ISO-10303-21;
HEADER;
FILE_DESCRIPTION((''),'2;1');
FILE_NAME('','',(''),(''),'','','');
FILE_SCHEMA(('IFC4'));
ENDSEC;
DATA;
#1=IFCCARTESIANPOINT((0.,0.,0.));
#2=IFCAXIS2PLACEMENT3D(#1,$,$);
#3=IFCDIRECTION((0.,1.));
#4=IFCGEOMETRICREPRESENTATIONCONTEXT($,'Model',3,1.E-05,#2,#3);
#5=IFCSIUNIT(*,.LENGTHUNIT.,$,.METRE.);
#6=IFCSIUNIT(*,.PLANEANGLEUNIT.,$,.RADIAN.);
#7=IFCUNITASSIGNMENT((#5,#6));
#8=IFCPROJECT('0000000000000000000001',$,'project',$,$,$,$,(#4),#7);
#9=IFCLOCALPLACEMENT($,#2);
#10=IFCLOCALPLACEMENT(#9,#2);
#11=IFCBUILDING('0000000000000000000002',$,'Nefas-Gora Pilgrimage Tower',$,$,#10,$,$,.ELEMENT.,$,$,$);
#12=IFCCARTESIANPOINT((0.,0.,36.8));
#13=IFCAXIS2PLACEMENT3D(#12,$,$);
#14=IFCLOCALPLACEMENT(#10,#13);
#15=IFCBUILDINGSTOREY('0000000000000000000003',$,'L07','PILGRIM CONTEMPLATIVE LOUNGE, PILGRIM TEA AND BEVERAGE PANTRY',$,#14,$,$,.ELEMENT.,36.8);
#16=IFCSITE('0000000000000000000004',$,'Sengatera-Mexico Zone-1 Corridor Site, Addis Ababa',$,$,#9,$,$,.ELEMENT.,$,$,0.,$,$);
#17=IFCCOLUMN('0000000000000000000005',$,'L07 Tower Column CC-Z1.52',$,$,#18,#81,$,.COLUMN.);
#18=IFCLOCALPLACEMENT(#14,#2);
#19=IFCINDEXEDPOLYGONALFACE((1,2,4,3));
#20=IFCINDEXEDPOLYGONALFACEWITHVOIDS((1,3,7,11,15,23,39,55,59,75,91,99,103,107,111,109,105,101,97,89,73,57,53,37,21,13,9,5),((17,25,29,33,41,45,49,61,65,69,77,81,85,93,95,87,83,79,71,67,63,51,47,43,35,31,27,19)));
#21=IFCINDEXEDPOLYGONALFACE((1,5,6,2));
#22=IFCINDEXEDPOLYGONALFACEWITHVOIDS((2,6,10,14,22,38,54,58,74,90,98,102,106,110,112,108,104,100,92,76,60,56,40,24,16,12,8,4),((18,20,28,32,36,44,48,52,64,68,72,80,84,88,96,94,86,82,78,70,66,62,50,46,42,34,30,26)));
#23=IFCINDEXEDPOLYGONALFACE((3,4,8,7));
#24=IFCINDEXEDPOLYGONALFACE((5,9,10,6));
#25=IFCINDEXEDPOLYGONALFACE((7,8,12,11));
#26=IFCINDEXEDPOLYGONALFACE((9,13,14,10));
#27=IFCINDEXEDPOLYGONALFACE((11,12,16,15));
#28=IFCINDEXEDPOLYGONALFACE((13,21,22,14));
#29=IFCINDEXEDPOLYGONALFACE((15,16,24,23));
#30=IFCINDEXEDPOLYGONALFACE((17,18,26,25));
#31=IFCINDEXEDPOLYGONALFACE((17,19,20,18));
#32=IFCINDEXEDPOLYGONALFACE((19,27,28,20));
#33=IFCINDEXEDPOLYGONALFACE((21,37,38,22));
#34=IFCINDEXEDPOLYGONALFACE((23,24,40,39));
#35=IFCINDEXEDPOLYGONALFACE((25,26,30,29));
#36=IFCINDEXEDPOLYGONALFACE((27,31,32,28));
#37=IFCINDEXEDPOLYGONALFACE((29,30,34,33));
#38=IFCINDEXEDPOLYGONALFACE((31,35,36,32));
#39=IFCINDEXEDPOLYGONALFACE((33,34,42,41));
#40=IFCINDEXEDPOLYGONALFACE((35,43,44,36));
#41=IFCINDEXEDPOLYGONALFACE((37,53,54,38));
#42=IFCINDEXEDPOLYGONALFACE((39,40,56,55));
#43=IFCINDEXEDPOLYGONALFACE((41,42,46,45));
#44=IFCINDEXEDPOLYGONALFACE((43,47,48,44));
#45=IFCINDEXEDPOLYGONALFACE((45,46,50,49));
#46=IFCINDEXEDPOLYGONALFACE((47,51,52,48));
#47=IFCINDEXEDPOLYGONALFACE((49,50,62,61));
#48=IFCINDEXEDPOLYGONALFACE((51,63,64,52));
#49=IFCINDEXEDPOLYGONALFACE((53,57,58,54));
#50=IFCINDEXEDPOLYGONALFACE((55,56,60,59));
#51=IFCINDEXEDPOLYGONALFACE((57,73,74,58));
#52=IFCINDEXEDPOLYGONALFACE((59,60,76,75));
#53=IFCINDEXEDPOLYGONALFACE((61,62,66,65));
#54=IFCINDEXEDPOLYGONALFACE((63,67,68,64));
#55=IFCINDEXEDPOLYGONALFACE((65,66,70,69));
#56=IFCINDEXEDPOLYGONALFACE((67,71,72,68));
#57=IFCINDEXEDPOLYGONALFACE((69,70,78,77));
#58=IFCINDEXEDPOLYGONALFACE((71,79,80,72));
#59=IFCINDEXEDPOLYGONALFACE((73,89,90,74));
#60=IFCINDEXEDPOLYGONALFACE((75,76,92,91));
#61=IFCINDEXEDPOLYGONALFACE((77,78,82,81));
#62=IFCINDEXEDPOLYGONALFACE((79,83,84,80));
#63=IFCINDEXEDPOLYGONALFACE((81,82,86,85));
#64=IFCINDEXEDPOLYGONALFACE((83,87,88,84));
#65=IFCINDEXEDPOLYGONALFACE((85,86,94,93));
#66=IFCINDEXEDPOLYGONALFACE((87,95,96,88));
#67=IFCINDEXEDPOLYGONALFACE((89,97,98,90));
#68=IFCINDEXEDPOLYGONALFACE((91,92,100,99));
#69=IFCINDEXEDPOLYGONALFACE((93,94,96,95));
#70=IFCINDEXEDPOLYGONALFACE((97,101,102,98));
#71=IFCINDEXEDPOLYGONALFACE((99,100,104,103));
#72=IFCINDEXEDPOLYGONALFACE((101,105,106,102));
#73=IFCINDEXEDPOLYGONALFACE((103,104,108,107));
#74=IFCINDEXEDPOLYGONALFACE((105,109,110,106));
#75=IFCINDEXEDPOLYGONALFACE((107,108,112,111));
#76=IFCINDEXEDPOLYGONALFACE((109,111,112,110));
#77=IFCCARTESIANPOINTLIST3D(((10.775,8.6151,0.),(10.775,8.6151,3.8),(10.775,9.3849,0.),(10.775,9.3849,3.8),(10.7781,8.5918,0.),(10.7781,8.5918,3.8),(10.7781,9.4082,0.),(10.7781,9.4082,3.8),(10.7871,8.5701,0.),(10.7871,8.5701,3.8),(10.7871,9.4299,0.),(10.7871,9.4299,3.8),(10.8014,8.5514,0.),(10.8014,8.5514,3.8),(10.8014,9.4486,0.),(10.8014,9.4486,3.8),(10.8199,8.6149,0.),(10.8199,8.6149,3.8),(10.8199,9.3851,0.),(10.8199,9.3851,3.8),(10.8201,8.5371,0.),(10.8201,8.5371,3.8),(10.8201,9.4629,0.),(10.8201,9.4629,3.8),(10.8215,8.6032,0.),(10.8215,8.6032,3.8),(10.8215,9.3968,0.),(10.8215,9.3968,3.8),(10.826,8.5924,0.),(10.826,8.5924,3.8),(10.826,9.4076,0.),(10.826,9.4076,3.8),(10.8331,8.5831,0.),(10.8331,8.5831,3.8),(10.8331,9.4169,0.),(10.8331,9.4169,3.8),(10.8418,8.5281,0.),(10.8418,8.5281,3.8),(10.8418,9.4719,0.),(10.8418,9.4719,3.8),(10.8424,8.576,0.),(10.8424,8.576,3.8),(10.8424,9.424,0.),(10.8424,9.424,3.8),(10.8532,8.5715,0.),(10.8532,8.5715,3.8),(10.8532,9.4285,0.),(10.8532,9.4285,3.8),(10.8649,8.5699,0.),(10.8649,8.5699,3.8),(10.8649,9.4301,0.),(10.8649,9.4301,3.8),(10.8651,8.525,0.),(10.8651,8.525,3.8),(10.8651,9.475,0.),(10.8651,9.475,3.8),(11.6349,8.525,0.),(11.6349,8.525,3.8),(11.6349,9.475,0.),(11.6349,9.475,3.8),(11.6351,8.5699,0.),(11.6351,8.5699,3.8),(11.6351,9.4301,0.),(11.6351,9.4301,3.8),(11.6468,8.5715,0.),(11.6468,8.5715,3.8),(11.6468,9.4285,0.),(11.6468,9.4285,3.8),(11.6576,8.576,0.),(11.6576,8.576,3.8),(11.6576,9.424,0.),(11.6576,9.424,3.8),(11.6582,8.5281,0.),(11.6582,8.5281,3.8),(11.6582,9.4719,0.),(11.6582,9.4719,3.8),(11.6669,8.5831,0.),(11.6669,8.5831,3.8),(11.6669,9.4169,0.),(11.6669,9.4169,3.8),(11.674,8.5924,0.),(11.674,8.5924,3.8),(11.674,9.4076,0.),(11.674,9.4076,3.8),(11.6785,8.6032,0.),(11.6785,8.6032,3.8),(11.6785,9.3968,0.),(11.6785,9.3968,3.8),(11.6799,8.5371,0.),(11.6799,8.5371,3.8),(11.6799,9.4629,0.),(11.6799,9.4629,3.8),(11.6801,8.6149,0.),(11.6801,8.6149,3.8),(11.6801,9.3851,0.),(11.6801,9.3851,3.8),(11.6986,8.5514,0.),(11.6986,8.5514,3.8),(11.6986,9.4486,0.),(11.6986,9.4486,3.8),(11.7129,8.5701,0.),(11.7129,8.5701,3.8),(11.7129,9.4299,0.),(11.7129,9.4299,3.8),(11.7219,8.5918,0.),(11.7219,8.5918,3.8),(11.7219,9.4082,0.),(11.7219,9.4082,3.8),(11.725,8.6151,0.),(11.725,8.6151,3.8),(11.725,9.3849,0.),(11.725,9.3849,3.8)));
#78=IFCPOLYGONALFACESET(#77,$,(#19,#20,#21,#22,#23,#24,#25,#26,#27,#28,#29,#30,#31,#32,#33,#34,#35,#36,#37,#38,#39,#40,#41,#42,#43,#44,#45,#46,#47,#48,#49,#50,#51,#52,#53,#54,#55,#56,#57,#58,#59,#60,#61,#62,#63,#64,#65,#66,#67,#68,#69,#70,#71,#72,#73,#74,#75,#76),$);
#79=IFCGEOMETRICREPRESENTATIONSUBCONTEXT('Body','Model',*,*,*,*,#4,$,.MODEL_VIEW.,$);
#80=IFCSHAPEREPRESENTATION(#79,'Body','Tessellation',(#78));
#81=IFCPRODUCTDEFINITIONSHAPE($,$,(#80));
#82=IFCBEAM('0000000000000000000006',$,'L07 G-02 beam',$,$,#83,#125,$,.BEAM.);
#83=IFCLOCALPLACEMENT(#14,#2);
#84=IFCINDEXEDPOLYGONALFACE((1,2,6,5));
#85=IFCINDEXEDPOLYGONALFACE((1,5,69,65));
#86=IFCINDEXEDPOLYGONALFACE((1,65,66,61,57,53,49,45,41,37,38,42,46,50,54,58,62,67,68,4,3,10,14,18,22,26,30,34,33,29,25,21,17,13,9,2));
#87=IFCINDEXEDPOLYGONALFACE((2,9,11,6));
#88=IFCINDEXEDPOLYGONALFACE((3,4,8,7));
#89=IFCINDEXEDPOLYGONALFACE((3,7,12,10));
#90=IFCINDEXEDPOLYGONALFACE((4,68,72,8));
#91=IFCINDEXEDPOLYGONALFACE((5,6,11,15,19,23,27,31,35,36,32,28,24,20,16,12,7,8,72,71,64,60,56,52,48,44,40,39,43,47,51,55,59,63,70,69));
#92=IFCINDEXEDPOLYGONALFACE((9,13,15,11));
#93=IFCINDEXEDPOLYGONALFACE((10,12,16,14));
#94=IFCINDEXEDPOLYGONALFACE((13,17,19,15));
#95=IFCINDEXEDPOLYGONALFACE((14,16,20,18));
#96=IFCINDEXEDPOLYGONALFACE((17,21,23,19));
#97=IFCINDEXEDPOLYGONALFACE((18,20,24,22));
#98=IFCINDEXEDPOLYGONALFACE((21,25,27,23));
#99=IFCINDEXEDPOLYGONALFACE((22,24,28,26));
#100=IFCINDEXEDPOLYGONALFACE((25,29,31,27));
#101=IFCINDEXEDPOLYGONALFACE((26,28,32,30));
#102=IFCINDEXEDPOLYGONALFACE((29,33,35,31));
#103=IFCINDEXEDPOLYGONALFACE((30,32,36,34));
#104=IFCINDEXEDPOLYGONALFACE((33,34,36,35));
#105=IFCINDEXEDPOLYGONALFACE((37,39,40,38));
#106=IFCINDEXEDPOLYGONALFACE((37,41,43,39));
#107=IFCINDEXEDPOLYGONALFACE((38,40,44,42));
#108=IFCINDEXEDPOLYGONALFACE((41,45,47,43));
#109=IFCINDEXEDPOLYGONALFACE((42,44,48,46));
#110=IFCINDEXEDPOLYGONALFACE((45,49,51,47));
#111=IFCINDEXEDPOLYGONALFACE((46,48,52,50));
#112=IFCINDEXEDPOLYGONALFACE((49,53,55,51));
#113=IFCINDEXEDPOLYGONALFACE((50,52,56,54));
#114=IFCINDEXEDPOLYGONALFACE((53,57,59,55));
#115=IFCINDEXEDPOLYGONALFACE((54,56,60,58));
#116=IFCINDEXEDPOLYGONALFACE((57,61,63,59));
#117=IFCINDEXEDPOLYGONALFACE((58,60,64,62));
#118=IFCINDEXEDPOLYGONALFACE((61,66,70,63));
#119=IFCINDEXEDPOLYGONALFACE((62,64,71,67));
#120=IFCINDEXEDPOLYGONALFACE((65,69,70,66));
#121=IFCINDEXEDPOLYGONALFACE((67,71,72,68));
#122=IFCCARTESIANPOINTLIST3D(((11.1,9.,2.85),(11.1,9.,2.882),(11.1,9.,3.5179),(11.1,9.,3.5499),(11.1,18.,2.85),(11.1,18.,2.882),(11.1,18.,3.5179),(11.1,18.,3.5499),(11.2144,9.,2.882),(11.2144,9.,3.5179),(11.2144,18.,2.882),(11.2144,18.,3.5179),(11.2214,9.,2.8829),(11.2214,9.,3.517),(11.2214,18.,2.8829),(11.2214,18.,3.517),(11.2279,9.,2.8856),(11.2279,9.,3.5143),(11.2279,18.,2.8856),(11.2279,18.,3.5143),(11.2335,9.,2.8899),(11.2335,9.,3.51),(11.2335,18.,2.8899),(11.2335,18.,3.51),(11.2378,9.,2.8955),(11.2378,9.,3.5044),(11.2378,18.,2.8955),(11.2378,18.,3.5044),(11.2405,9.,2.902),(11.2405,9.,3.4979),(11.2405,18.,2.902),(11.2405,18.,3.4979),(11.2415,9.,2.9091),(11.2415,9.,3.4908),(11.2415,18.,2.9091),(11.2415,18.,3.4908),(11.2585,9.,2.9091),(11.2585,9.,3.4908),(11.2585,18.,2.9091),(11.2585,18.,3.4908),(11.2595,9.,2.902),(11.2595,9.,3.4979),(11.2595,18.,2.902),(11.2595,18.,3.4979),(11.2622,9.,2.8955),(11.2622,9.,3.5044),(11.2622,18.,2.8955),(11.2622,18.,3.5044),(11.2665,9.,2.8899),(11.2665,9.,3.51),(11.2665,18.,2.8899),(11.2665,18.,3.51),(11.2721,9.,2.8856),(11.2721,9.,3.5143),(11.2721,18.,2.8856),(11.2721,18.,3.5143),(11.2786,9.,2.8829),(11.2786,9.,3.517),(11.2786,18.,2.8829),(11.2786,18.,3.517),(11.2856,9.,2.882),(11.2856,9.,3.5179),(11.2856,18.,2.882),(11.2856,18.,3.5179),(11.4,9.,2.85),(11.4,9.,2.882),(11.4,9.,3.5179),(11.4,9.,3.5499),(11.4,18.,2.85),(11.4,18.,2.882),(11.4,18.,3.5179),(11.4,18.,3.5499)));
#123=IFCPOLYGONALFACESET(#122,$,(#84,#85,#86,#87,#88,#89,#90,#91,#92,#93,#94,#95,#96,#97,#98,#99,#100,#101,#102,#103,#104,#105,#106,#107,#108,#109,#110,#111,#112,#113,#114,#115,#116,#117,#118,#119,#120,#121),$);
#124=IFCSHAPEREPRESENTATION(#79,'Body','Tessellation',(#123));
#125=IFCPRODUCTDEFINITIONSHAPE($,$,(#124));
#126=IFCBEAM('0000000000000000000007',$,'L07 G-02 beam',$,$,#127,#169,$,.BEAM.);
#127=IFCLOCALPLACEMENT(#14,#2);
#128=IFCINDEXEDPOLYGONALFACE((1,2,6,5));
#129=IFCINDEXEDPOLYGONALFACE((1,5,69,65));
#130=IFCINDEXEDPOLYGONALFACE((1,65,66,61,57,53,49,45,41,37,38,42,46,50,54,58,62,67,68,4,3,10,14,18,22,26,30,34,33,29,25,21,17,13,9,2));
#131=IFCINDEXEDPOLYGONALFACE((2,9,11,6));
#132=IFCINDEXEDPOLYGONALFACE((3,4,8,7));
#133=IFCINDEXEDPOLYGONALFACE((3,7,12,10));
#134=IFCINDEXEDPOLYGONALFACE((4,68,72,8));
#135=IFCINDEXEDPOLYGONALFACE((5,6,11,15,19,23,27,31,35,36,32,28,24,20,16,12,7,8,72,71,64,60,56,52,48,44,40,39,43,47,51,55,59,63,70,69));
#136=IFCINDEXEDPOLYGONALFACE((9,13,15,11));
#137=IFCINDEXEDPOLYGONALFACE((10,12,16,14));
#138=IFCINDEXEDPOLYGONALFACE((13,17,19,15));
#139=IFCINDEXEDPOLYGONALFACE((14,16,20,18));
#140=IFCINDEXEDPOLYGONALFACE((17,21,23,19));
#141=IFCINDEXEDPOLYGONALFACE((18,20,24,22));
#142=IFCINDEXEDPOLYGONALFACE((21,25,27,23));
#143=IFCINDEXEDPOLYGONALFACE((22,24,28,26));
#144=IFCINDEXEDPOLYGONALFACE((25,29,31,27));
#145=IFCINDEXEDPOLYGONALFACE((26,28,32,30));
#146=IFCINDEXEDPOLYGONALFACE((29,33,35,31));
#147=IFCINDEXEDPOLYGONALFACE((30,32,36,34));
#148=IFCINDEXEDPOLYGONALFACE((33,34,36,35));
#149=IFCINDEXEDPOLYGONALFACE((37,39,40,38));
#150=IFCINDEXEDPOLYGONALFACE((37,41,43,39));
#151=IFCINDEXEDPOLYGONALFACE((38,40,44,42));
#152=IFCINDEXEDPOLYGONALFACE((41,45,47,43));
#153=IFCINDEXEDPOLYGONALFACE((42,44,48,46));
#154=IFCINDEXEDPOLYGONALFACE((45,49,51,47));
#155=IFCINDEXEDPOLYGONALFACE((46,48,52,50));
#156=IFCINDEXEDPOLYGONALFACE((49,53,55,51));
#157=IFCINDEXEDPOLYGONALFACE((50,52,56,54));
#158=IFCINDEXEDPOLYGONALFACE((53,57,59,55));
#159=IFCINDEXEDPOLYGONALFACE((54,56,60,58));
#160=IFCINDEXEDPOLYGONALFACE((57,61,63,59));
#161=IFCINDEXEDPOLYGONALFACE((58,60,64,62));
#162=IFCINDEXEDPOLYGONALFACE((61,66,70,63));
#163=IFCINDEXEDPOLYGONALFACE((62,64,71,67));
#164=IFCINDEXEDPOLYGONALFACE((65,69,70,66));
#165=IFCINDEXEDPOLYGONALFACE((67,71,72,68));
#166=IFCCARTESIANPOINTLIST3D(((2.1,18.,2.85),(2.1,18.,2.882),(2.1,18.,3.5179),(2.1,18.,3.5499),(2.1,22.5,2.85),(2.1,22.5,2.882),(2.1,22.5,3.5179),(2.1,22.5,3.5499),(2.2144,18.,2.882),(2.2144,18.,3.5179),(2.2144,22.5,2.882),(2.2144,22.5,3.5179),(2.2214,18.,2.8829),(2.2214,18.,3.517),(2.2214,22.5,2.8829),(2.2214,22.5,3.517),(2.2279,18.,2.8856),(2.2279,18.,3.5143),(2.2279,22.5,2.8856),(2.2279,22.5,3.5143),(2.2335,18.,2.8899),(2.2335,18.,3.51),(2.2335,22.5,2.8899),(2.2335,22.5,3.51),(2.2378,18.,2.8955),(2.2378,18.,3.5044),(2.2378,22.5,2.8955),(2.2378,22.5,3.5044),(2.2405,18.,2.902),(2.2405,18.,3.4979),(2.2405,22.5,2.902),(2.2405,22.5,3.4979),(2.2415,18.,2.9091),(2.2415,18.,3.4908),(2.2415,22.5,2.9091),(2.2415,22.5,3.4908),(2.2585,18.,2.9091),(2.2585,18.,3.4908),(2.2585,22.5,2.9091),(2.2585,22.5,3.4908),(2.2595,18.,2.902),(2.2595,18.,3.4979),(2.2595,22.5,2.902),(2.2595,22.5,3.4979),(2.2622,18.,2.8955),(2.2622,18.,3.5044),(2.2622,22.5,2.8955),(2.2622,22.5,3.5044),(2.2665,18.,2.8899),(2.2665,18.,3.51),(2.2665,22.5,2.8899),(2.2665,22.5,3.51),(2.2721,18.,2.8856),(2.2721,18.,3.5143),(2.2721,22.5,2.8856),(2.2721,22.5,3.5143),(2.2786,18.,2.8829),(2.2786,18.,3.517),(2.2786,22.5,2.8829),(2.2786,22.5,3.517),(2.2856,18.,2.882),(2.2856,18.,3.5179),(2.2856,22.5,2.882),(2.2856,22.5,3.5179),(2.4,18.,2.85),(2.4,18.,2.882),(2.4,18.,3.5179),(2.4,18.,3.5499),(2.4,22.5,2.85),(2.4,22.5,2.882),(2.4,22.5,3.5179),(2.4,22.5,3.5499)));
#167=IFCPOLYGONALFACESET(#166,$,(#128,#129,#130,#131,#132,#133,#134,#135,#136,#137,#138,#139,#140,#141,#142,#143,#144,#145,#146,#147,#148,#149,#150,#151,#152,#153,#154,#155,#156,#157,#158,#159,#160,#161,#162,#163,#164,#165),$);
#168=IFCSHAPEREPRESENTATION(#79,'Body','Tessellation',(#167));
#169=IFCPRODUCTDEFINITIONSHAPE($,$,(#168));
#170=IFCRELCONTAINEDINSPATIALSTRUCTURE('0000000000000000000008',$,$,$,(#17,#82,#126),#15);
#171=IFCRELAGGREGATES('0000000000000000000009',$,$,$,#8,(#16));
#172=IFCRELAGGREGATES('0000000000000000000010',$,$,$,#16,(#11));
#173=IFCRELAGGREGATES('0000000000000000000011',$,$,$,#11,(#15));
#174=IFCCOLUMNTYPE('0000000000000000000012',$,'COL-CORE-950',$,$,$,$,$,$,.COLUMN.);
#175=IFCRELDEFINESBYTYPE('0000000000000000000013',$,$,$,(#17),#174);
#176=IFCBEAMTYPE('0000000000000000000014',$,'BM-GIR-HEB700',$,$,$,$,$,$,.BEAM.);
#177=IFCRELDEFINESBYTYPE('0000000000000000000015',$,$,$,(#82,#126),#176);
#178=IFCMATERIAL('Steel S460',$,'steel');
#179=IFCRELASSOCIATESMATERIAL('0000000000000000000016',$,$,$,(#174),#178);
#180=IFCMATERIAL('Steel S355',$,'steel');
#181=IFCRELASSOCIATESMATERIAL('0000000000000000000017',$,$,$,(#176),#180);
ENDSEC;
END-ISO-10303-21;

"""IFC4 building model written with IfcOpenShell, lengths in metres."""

from ifc_helpers import new_model, si_unit, direction, frame, origin, origin_2d, place, context, subcontext, project, spatial, hollow_rectangle, i_section, extrude, source, transform, mapped, material, material_profile, profile_set, type_object, element, save


model = new_model("IFC4")

# Units and contexts
model_context = context("Model", 3, precision=1e-05, world=origin(), true_north=direction((0.0, 1.0)))
body_context = subcontext(model_context, "Body", "Model", "MODEL_VIEW")
ifc_project = project(units=[si_unit("LENGTHUNIT", "METRE"), si_unit("PLANEANGLEUNIT", "RADIAN")], contexts=[model_context])

# Site, building, storey
site_placement = place(None, origin())
site = spatial("IfcSite", under=ifc_project, at=site_placement, Name="Sengatera-Mexico Zone-1 Corridor Site, Addis Ababa", CompositionType="ELEMENT", RefElevation=0.0)
building_placement = place(site_placement, origin())
building = spatial("IfcBuilding", under=site, at=building_placement, Name="Nefas-Gora Pilgrimage Tower", CompositionType="ELEMENT")
storey_placement = place(building_placement, frame((0.0, 0.0, 36.8)))
storey = spatial("IfcBuildingStorey", under=building, at=storey_placement, Name="L07", Description="PILGRIM CONTEMPLATIVE LOUNGE, PILGRIM TEA AND BEVERAGE PANTRY", CompositionType="ELEMENT", Elevation=36.8)

# Column
ifc_material_1 = material(Name="Steel S460", Category="steel")
ifc_material_profile_1 = material_profile(ifc_material_1, hollow_rectangle(XDim=0.95, YDim=0.95, WallThickness=0.0449, InnerFilletRadius=0.0449, OuterFilletRadius=0.0901, at=origin_2d()), Name="BOX 950x950x45")
ifc_profile_set_1 = profile_set([ifc_material_profile_1], Name="Steel S460")
column_type_1 = type_object("IfcColumnType", Name="COL-CORE-950", PredefinedType="COLUMN", material=ifc_profile_set_1)
shared_shape_1 = source(origin(), body_context, "Body", "SweptSolid", [
    extrude(hollow_rectangle(XDim=0.95, YDim=0.95, WallThickness=0.0449, InnerFilletRadius=0.0449, OuterFilletRadius=0.0901, at=origin_2d()), origin(), (0.0, 0.0, 1.0), 3.8),
])
column_placement = place(storey_placement, frame((11.25, 9.0, 0.0), z_axis=(0.0, 0.0, 1.0), x_axis=(1.0, 0.0, 0.0)))
element("IfcColumn", 1, at=column_placement, inside=storey, type_object=column_type_1, Name="L07 Tower Column CC-Z1.52", PredefinedType="COLUMN", context=body_context, shape_type="MappedRepresentation", body=[
    mapped(shared_shape_1, transform((0.0, 0.0, 0.0), x_axis=(1.0, 0.0, 0.0), y_axis=(0.0, 1.0, 0.0), z_axis=(0.0, 0.0, 1.0), scale=1.0)),
])

# Beams
ifc_material_2 = material(Name="Steel S355", Category="steel")
ifc_material_profile_2 = material_profile(ifc_material_2, i_section(OverallWidth=0.3, OverallDepth=0.7, WebThickness=0.0171, FlangeThickness=0.032, FilletRadius=0.0271, at=origin_2d()), Name="HEB 700")
ifc_profile_set_2 = profile_set([ifc_material_profile_2], Name="Steel S355")
beam_type_1 = type_object("IfcBeamType", Name="BM-GIR-HEB700", PredefinedType="BEAM", material=ifc_profile_set_2)
shared_shape_2 = source(origin(), body_context, "Body", "SweptSolid", [
    extrude(i_section(OverallWidth=0.3, OverallDepth=0.7, WebThickness=0.0171, FlangeThickness=0.032, FilletRadius=0.0271, at=origin_2d()), origin(), (0.0, 0.0, 1.0), 9.0),
])
beam_1_placement = place(storey_placement, frame((11.25, 9.0, 3.2), z_axis=(0.0, 1.0, 0.0), x_axis=(-1.0, 0.0, 0.0)))
element("IfcBeam", 2, at=beam_1_placement, inside=storey, type_object=beam_type_1, Name="L07 G-02 beam", PredefinedType="BEAM", context=body_context, shape_type="MappedRepresentation", body=[
    mapped(shared_shape_2, transform((0.0, 0.0, 0.0), x_axis=(1.0, 0.0, 0.0), y_axis=(0.0, 1.0, 0.0), z_axis=(0.0, 0.0, 1.0), scale=1.0)),
])
shared_shape_3 = source(origin(), body_context, "Body", "SweptSolid", [
    extrude(i_section(OverallWidth=0.3, OverallDepth=0.7, WebThickness=0.0171, FlangeThickness=0.032, FilletRadius=0.0271, at=origin_2d()), origin(), (0.0, 0.0, 1.0), 4.5),
])
for number, where, z_axis, x_axis, name in (
    (3, (2.25, 18.0, 3.2), (0.0, 1.0, 0.0), (-1.0, 0.0, 0.0), "L07 G-02 beam"),
):
    element("IfcBeam", number, at=place(storey_placement, frame(where, z_axis=z_axis, x_axis=x_axis)), inside=storey, type_object=beam_type_1, Name=name, PredefinedType="BEAM", context=body_context, shape_type="MappedRepresentation", body=[
        mapped(shared_shape_3, transform((0.0, 0.0, 0.0), x_axis=(1.0, 0.0, 0.0), y_axis=(0.0, 1.0, 0.0), z_axis=(0.0, 0.0, 1.0), scale=1.0)),
    ])

save(model, "model.ifc")
